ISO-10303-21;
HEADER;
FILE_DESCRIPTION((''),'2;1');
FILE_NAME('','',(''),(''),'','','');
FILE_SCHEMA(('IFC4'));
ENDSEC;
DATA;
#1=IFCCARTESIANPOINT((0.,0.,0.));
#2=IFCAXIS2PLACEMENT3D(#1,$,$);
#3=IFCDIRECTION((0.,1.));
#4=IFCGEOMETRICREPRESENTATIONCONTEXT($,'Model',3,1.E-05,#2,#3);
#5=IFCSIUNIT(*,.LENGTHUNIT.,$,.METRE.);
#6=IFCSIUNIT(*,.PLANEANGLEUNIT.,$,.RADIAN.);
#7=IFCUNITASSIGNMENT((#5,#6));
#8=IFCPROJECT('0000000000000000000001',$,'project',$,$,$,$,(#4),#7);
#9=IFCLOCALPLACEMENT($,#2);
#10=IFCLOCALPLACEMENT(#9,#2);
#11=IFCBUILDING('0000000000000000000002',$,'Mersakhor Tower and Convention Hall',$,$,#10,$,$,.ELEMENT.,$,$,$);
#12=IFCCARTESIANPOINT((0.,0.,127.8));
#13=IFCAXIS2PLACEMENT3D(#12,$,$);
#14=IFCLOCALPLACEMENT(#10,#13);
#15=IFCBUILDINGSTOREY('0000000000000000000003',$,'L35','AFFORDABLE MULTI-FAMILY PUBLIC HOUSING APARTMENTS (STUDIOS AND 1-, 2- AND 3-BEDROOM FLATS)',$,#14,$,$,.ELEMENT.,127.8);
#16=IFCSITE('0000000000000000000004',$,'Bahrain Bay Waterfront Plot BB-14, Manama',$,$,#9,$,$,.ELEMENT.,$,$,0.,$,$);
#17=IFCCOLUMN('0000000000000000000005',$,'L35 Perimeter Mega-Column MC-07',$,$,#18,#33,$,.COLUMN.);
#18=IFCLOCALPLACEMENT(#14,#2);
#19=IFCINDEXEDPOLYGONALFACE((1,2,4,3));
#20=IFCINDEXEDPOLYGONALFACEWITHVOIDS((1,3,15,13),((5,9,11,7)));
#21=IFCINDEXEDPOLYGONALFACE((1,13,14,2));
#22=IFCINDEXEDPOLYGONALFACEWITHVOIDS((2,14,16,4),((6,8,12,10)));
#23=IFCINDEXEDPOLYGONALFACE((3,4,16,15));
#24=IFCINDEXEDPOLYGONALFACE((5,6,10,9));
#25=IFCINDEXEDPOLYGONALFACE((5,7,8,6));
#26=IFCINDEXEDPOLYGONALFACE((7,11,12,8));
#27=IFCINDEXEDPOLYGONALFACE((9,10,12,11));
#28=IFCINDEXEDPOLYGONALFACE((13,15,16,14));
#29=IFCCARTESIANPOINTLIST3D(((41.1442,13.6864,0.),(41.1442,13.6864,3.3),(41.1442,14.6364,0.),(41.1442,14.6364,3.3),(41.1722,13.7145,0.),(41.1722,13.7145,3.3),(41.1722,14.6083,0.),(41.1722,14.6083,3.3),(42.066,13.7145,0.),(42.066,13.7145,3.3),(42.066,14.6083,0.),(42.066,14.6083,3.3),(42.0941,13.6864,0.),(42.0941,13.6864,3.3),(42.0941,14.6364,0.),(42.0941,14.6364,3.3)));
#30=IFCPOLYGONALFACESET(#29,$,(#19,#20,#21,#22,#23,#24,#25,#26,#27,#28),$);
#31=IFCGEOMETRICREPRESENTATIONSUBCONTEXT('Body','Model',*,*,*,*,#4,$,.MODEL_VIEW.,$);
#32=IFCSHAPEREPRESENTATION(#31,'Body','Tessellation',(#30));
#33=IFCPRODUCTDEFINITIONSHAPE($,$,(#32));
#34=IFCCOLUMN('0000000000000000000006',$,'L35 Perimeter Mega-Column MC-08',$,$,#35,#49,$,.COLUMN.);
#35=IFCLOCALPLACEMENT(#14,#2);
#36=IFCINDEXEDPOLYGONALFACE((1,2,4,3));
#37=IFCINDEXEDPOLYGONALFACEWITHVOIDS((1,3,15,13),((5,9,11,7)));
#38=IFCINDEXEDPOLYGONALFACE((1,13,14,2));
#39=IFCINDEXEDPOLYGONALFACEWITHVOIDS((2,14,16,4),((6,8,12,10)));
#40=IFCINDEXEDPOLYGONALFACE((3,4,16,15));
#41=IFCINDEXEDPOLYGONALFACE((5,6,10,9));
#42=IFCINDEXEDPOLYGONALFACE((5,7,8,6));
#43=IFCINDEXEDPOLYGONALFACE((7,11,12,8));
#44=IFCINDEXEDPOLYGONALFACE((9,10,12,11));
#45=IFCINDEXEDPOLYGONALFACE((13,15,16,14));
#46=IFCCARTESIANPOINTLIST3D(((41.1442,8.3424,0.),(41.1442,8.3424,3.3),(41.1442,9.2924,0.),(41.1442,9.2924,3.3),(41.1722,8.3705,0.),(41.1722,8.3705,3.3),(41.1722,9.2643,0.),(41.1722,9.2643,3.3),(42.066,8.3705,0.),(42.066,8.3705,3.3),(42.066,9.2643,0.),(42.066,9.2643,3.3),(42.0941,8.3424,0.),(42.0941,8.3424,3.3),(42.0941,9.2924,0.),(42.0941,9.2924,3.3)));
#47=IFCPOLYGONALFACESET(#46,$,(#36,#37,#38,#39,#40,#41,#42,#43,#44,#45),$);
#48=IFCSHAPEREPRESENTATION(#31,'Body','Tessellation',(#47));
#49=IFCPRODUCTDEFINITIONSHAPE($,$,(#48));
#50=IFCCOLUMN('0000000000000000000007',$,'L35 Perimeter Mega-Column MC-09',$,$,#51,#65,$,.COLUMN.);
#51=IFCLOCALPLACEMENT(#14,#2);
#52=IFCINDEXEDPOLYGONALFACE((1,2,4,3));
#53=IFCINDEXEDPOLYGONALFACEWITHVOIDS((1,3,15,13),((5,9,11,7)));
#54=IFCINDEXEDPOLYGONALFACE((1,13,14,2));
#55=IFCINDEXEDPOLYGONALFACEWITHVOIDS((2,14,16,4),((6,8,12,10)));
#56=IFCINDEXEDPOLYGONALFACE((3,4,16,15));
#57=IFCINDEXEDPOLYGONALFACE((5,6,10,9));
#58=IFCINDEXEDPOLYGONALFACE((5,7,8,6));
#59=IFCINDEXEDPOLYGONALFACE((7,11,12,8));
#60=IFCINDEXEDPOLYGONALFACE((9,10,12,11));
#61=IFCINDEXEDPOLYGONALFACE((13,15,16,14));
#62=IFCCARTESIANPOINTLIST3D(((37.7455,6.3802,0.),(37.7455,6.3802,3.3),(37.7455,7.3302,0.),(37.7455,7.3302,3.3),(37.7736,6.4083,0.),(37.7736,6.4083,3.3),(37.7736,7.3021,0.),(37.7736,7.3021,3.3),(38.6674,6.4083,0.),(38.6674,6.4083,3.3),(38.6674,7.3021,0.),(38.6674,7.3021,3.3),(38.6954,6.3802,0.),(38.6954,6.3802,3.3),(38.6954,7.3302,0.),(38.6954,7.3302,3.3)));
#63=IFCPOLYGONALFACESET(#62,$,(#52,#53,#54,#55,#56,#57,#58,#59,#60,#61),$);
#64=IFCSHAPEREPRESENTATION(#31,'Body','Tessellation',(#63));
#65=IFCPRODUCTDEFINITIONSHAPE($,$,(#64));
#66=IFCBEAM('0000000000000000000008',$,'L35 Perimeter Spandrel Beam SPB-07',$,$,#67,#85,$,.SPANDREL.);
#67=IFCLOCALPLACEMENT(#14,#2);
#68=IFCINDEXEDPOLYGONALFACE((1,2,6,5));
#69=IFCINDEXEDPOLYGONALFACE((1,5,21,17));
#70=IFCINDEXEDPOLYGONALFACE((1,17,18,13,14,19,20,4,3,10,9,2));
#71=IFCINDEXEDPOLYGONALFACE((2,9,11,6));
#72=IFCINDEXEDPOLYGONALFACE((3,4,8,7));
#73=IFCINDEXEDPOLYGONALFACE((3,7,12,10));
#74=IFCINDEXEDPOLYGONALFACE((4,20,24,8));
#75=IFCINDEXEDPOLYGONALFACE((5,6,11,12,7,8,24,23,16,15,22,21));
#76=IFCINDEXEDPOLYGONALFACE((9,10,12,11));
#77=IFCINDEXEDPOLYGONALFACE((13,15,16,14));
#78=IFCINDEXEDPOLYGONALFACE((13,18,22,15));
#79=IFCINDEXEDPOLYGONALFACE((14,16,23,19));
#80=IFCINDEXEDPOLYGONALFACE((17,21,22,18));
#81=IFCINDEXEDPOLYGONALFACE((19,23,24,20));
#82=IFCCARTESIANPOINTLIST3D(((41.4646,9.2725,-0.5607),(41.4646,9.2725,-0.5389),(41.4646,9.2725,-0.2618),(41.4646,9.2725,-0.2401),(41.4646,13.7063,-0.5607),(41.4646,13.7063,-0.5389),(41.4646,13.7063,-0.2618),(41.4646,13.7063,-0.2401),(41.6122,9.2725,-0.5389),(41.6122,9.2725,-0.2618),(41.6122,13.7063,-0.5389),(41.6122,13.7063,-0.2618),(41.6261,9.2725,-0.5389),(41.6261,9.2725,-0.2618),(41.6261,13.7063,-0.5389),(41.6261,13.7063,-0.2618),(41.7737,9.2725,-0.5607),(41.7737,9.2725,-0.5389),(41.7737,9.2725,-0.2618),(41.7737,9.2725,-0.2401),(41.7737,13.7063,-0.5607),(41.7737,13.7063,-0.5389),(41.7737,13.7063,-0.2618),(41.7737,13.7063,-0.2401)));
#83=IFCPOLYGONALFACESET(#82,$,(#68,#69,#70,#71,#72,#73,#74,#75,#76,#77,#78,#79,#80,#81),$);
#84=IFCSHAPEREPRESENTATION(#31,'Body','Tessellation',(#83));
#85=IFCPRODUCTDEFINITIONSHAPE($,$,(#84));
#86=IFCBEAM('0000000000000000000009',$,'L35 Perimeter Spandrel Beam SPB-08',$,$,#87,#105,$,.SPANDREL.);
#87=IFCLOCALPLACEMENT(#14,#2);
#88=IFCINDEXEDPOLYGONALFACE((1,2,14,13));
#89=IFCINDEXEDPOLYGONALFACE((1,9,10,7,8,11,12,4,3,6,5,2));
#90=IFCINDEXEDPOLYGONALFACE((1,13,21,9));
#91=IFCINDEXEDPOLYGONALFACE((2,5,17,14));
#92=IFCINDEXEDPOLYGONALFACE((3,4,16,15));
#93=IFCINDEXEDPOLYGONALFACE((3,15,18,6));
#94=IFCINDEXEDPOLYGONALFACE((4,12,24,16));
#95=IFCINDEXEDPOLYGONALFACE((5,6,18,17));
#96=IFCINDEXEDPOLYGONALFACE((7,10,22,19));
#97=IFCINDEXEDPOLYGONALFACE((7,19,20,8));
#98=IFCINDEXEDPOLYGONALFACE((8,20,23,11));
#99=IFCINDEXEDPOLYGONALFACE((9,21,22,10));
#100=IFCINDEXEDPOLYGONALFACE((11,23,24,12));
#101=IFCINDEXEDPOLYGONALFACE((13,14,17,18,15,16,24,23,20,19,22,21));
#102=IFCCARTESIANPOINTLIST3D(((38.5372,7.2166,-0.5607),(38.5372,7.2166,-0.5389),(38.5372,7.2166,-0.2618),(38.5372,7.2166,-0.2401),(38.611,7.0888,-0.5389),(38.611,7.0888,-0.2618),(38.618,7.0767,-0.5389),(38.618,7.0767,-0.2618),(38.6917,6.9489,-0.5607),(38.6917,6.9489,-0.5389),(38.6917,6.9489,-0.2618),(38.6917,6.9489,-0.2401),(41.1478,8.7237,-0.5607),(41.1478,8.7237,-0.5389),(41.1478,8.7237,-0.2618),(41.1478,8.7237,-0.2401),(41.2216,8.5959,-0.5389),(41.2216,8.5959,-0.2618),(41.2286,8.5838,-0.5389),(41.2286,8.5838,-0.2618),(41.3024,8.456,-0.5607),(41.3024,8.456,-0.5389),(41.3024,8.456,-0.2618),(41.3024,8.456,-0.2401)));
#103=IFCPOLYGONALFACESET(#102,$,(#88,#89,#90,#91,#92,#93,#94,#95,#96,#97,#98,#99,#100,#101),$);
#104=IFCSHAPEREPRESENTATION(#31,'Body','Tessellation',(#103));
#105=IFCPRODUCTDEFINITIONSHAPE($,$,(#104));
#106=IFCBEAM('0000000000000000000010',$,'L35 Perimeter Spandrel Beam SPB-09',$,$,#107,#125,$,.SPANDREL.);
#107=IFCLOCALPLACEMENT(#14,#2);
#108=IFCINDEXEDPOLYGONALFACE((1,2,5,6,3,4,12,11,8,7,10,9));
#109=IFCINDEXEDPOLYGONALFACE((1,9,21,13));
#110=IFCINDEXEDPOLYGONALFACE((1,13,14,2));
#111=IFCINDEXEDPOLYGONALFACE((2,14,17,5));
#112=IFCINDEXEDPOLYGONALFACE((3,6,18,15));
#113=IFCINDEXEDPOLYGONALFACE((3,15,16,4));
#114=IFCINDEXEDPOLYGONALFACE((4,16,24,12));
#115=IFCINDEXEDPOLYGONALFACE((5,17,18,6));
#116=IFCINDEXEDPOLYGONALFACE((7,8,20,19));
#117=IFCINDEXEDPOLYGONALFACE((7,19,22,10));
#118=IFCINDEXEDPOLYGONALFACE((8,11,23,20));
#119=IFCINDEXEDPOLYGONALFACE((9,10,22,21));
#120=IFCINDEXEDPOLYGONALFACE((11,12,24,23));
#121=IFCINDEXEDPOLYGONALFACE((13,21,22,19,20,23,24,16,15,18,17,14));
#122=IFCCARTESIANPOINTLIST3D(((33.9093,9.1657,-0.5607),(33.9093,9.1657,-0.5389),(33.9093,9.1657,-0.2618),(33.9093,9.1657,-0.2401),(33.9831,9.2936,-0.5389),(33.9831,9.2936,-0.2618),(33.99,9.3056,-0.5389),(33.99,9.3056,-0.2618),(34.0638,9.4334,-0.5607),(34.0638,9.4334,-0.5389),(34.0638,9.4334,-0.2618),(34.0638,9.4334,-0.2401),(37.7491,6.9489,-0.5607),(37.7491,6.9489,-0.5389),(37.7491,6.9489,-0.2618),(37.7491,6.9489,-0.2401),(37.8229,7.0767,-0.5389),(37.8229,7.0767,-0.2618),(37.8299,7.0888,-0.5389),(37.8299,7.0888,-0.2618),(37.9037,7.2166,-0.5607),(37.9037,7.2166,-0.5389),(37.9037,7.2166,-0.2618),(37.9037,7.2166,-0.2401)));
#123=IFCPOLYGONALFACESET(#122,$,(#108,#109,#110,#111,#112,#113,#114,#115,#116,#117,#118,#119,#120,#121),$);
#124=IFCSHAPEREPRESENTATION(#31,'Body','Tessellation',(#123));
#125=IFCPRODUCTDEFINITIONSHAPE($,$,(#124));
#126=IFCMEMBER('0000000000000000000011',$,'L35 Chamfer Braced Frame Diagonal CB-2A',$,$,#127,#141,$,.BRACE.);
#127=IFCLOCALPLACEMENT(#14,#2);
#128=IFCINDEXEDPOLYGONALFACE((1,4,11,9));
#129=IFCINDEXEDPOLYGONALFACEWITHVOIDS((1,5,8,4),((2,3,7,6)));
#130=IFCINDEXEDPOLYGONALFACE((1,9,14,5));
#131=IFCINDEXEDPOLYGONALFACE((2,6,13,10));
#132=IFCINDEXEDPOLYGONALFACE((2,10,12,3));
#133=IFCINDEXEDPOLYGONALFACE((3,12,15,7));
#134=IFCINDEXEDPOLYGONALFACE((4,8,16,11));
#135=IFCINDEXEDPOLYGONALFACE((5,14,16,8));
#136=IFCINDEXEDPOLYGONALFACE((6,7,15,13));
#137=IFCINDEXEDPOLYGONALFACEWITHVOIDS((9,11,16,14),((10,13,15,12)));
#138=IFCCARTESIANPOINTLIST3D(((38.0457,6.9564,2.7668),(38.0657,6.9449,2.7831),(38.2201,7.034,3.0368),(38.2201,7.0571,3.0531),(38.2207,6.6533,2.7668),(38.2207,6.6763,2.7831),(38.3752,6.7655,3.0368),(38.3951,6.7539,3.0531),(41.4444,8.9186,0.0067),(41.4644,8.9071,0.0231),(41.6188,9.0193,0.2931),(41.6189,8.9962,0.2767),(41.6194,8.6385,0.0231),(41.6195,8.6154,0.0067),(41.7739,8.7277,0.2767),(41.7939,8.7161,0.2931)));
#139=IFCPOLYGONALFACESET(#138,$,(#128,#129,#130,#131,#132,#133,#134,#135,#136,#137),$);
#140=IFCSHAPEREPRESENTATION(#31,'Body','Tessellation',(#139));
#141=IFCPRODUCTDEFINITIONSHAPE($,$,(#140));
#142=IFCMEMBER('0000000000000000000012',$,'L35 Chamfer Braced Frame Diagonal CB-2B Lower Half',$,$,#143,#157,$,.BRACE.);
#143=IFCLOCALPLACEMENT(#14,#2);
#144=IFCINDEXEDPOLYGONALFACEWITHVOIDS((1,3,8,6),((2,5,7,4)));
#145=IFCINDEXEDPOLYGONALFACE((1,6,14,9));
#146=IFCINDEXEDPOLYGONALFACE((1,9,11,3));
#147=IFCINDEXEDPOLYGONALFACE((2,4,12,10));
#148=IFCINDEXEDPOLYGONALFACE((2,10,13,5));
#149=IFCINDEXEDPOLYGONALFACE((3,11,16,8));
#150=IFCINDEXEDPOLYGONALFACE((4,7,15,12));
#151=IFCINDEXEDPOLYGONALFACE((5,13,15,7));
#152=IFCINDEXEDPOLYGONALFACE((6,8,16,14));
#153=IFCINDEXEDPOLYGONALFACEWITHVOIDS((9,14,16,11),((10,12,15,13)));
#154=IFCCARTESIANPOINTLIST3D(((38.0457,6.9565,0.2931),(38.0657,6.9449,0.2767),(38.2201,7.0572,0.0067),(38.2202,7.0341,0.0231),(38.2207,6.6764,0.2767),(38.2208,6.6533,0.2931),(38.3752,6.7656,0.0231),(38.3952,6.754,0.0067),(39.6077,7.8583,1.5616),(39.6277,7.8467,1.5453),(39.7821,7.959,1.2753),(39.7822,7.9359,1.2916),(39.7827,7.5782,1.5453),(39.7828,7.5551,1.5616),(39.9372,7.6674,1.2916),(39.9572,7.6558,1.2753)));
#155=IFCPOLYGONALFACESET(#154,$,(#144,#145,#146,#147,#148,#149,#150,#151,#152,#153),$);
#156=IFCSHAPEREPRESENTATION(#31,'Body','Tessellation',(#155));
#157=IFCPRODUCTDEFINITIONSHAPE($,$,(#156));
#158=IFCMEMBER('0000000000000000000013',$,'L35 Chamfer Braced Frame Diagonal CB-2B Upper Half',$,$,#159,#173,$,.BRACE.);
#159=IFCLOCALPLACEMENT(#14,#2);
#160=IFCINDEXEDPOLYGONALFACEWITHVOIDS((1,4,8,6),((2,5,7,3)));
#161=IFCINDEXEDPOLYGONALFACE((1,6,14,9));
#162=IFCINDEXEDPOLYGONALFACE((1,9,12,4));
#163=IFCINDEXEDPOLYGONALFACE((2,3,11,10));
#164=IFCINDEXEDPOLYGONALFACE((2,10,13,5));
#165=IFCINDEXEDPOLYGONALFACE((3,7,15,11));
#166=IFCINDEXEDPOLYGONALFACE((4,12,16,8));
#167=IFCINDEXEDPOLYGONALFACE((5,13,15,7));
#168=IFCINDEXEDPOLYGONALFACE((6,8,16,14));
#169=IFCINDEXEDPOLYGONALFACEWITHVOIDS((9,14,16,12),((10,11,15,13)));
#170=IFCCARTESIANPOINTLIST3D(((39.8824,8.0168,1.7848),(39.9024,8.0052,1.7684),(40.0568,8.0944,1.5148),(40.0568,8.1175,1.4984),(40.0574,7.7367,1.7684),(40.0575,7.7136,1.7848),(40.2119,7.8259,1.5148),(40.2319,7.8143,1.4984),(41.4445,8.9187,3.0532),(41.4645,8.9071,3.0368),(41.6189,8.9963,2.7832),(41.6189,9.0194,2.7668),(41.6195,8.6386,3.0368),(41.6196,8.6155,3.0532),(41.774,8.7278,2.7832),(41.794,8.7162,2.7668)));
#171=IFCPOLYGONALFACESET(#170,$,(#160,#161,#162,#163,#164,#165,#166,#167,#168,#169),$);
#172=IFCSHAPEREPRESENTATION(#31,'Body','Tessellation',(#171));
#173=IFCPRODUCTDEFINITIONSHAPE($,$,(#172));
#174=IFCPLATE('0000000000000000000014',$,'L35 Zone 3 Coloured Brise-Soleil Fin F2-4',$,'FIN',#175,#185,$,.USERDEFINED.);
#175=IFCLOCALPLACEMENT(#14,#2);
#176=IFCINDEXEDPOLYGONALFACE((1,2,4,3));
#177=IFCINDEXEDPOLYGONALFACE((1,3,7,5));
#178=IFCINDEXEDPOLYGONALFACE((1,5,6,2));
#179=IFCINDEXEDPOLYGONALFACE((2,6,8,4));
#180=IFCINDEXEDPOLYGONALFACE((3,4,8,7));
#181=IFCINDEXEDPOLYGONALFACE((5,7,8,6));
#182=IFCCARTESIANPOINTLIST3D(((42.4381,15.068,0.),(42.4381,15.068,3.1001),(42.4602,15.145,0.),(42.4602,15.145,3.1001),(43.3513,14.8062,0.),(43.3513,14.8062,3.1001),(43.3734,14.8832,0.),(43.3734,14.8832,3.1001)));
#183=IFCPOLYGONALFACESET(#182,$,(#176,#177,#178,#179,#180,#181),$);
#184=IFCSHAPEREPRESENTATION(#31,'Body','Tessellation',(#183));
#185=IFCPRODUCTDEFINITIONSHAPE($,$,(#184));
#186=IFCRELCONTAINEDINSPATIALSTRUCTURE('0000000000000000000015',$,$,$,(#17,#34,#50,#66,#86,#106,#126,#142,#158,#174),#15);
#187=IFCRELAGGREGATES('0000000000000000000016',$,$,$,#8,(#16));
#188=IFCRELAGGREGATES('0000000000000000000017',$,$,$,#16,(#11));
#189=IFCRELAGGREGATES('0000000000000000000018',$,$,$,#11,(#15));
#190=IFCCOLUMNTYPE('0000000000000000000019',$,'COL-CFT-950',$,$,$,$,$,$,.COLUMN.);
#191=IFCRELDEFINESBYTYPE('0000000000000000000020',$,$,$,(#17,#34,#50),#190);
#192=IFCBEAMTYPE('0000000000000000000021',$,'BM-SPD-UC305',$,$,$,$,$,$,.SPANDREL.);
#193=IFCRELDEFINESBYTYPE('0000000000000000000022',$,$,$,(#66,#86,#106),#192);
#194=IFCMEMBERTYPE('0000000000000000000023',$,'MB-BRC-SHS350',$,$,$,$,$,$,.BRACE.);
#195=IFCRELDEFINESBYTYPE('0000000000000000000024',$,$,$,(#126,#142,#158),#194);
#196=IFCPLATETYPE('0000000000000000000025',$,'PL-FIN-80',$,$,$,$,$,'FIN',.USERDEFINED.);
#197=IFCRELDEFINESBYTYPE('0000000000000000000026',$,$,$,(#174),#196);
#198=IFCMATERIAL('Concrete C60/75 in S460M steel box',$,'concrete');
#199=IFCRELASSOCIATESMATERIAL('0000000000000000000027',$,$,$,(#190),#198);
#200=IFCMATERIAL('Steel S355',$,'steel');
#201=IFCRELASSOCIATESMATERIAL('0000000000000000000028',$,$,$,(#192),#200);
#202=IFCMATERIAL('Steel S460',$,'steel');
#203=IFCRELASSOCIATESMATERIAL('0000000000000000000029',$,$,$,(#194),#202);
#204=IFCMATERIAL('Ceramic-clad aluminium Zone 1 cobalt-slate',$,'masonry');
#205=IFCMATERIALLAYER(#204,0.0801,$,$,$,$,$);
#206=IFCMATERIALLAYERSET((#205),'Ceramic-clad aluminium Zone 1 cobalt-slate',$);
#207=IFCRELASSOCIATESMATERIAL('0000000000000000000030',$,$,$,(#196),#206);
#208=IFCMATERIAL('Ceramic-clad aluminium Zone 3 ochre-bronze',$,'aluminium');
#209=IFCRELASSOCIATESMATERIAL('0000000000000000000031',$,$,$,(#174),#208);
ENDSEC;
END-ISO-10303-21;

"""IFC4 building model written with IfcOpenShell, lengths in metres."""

from ifc_helpers import new_model, si_unit, direction, frame, origin, origin_2d, place, context, subcontext, project, spatial, rectangle, hollow_rectangle, i_section, extrude, material, layer, layer_set, material_profile, profile_set, type_object, element, save


model = new_model("IFC4")

# Units and contexts
model_context = context("Model", 3, precision=1e-05, world=origin(), true_north=direction((0.0, 1.0)))
body_context = subcontext(model_context, "Body", "Model", "MODEL_VIEW")
ifc_project = project(units=[si_unit("LENGTHUNIT", "METRE"), si_unit("PLANEANGLEUNIT", "RADIAN")], contexts=[model_context])

# Site, building, storey
site_placement = place(None, origin())
site = spatial("IfcSite", under=ifc_project, at=site_placement, Name="Bahrain Bay Waterfront Plot BB-14, Manama", CompositionType="ELEMENT", RefElevation=0.0)
building_placement = place(site_placement, origin())
building = spatial("IfcBuilding", under=site, at=building_placement, Name="Mersakhor Tower and Convention Hall", CompositionType="ELEMENT")
storey_placement = place(building_placement, frame((0.0, 0.0, 127.8)))
storey = spatial("IfcBuildingStorey", under=building, at=storey_placement, Name="L35", Description="AFFORDABLE MULTI-FAMILY PUBLIC HOUSING APARTMENTS (STUDIOS AND 1-, 2- AND 3-BEDROOM FLATS)", CompositionType="ELEMENT", Elevation=127.8)

# Columns
ifc_material_1 = material(Name="Concrete C60/75 in S460M steel box", Category="concrete")
ifc_material_profile_1 = material_profile(ifc_material_1, hollow_rectangle(XDim=0.95, YDim=0.95, WallThickness=0.0281, at=origin_2d()), Name="SHS 950x950x28")
ifc_profile_set_1 = profile_set([ifc_material_profile_1], Name="Concrete C60/75 in S460M steel box")
column_type = type_object("IfcColumnType", Name="COL-CFT-950", PredefinedType="COLUMN", material=ifc_profile_set_1)
for number, where, z_axis, x_axis, name in (
    (1, (41.6191, 14.1614, 0.0), (0.0, 0.0, 1.0), (1.0, 0.0, 0.0), "L35 Perimeter Mega-Column MC-07"),
    (2, (41.6191, 8.8174, 0.0), (0.0, 0.0, 1.0), (1.0, 0.0, 0.0), "L35 Perimeter Mega-Column MC-08"),
    (3, (38.2205, 6.8552, 0.0), (0.0, 0.0, 1.0), (1.0, 0.0, 0.0), "L35 Perimeter Mega-Column MC-09"),
):
    element("IfcColumn", number, at=place(storey_placement, frame(where, z_axis=z_axis, x_axis=x_axis)), inside=storey, type_object=column_type, Name=name, PredefinedType="COLUMN", context=body_context, shape_type="SweptSolid", body=[
        extrude(hollow_rectangle(XDim=0.95, YDim=0.95, WallThickness=0.0281, at=origin_2d()), origin(), (0.0, 0.0, 1.0), 3.3),
    ])

# Beams
ifc_material_2 = material(Name="Steel S355", Category="steel")
ifc_material_profile_2 = material_profile(ifc_material_2, i_section(OverallWidth=0.3091, OverallDepth=0.3206, WebThickness=0.0139, FlangeThickness=0.0217, at=origin_2d()), Name="UC 305x305x137")
ifc_profile_set_2 = profile_set([ifc_material_profile_2], Name="Steel S355")
beam_type = type_object("IfcBeamType", Name="BM-SPD-UC305", PredefinedType="SPANDREL", material=ifc_profile_set_2)
beam_1_placement = place(storey_placement, frame((41.6191, 13.7063, -0.4004), z_axis=(0.0, -1.0, 0.0), x_axis=(1.0, 0.0, 0.0)))
element("IfcBeam", 4, at=beam_1_placement, inside=storey, type_object=beam_type, Name="L35 Perimeter Spandrel Beam SPB-07", PredefinedType="SPANDREL", context=body_context, shape_type="SweptSolid", body=[
    extrude(i_section(OverallWidth=0.3091, OverallDepth=0.3206, WebThickness=0.0139, FlangeThickness=0.0217, at=origin_2d()), origin(), (0.0, 0.0, 1.0), 4.4338),
])
beam_2_placement = place(storey_placement, frame((41.2251, 8.5898, -0.4004), z_axis=(-0.866047, -0.499963, 0.0), x_axis=(0.499963, -0.866047, 0.0)))
element("IfcBeam", 5, at=beam_2_placement, inside=storey, type_object=beam_type, Name="L35 Perimeter Spandrel Beam SPB-08", PredefinedType="SPANDREL", context=body_context, shape_type="SweptSolid", body=[
    extrude(i_section(OverallWidth=0.3091, OverallDepth=0.3206, WebThickness=0.0139, FlangeThickness=0.0217, at=origin_2d()), origin(), (0.0, 0.0, 1.0), 3.0144),
])
beam_3_placement = place(storey_placement, frame((37.8264, 7.0828, -0.4004), z_axis=(-0.866039, 0.499977, 0.0), x_axis=(-0.499977, -0.866039, 0.0)))
element("IfcBeam", 6, at=beam_3_placement, inside=storey, type_object=beam_type, Name="L35 Perimeter Spandrel Beam SPB-09", PredefinedType="SPANDREL", context=body_context, shape_type="SweptSolid", body=[
    extrude(i_section(OverallWidth=0.3091, OverallDepth=0.3206, WebThickness=0.0139, FlangeThickness=0.0217, at=origin_2d()), origin(), (0.0, 0.0, 1.0), 4.4338),
])

# Members
ifc_material_3 = material(Name="Steel S460", Category="steel")
ifc_material_profile_3 = material_profile(ifc_material_3, hollow_rectangle(XDim=0.3501, YDim=0.3501, WallThickness=0.02, at=origin_2d()), Name="SHS 350x350x20")
ifc_profile_set_3 = profile_set([ifc_material_profile_3], Name="Steel S460")
member_type = type_object("IfcMemberType", Name="MB-BRC-SHS350", PredefinedType="BRACE", material=ifc_profile_set_3)
member_placement = place(storey_placement, frame((41.6191, 8.8174, 0.1499), z_axis=(-0.708385, -0.408972, 0.575267), x_axis=(0.499986, -0.866033, 0.0)))
element("IfcMember", 7, at=member_placement, inside=storey, type_object=member_type, Name="L35 Chamfer Braced Frame Diagonal CB-2A", PredefinedType="BRACE", context=body_context, shape_type="SweptSolid", body=[
    extrude(hollow_rectangle(XDim=0.3501, YDim=0.3501, WallThickness=0.02, at=origin_2d()), origin(), (0.0, 0.0, 1.0), 4.7979),
])
for number, where, z_axis, x_axis, name in (
    (8, (38.2205, 6.8552, 0.1499), (0.708364, 0.408987, 0.575283), (-0.500011, 0.866019, 0.0), "L35 Chamfer Braced Frame Diagonal CB-2B Lower Half"),
    (9, (40.0571, 7.9155, 1.6416), (0.708409, 0.409013, 0.575209), (-0.500011, 0.866019, 0.0), "L35 Chamfer Braced Frame Diagonal CB-2B Upper Half"),
):
    element("IfcMember", number, at=place(storey_placement, frame(where, z_axis=z_axis, x_axis=x_axis)), inside=storey, type_object=member_type, Name=name, PredefinedType="BRACE", context=body_context, shape_type="SweptSolid", body=[
        extrude(hollow_rectangle(XDim=0.3501, YDim=0.3501, WallThickness=0.02, at=origin_2d()), origin(), (0.0, 0.0, 1.0), 2.2051),
    ])

# Plate
ifc_material_4 = material(Name="Ceramic-clad aluminium Zone 3 ochre-bronze", Category="aluminium")
ifc_material_5 = material(Name="Ceramic-clad aluminium Zone 1 cobalt-slate", Category="masonry")
ifc_layer_1 = layer(ifc_material_5, 0.0801)
ifc_layer_set_1 = layer_set([ifc_layer_1], Name="Ceramic-clad aluminium Zone 1 cobalt-slate")
plate_type_1 = type_object("IfcPlateType", Name="PL-FIN-80", ElementType="FIN", PredefinedType="USERDEFINED", material=ifc_layer_set_1)
plate_1_placement = place(storey_placement, frame((42.9058, 14.9756, 0.0), z_axis=(0.0, 0.0, 1.0), x_axis=(0.961262, -0.275637, 0.0)))
element("IfcPlate", 10, at=plate_1_placement, inside=storey, type_object=plate_type_1, material=ifc_material_4, Name="L35 Zone 3 Coloured Brise-Soleil Fin F2-4", ObjectType="FIN", PredefinedType="USERDEFINED", context=body_context, shape_type="SweptSolid", body=[
    extrude(rectangle(XDim=0.95, YDim=0.0801, at=origin_2d()), origin(), (0.0, 0.0, 1.0), 3.1001),
])

save(model, "model.ifc")
